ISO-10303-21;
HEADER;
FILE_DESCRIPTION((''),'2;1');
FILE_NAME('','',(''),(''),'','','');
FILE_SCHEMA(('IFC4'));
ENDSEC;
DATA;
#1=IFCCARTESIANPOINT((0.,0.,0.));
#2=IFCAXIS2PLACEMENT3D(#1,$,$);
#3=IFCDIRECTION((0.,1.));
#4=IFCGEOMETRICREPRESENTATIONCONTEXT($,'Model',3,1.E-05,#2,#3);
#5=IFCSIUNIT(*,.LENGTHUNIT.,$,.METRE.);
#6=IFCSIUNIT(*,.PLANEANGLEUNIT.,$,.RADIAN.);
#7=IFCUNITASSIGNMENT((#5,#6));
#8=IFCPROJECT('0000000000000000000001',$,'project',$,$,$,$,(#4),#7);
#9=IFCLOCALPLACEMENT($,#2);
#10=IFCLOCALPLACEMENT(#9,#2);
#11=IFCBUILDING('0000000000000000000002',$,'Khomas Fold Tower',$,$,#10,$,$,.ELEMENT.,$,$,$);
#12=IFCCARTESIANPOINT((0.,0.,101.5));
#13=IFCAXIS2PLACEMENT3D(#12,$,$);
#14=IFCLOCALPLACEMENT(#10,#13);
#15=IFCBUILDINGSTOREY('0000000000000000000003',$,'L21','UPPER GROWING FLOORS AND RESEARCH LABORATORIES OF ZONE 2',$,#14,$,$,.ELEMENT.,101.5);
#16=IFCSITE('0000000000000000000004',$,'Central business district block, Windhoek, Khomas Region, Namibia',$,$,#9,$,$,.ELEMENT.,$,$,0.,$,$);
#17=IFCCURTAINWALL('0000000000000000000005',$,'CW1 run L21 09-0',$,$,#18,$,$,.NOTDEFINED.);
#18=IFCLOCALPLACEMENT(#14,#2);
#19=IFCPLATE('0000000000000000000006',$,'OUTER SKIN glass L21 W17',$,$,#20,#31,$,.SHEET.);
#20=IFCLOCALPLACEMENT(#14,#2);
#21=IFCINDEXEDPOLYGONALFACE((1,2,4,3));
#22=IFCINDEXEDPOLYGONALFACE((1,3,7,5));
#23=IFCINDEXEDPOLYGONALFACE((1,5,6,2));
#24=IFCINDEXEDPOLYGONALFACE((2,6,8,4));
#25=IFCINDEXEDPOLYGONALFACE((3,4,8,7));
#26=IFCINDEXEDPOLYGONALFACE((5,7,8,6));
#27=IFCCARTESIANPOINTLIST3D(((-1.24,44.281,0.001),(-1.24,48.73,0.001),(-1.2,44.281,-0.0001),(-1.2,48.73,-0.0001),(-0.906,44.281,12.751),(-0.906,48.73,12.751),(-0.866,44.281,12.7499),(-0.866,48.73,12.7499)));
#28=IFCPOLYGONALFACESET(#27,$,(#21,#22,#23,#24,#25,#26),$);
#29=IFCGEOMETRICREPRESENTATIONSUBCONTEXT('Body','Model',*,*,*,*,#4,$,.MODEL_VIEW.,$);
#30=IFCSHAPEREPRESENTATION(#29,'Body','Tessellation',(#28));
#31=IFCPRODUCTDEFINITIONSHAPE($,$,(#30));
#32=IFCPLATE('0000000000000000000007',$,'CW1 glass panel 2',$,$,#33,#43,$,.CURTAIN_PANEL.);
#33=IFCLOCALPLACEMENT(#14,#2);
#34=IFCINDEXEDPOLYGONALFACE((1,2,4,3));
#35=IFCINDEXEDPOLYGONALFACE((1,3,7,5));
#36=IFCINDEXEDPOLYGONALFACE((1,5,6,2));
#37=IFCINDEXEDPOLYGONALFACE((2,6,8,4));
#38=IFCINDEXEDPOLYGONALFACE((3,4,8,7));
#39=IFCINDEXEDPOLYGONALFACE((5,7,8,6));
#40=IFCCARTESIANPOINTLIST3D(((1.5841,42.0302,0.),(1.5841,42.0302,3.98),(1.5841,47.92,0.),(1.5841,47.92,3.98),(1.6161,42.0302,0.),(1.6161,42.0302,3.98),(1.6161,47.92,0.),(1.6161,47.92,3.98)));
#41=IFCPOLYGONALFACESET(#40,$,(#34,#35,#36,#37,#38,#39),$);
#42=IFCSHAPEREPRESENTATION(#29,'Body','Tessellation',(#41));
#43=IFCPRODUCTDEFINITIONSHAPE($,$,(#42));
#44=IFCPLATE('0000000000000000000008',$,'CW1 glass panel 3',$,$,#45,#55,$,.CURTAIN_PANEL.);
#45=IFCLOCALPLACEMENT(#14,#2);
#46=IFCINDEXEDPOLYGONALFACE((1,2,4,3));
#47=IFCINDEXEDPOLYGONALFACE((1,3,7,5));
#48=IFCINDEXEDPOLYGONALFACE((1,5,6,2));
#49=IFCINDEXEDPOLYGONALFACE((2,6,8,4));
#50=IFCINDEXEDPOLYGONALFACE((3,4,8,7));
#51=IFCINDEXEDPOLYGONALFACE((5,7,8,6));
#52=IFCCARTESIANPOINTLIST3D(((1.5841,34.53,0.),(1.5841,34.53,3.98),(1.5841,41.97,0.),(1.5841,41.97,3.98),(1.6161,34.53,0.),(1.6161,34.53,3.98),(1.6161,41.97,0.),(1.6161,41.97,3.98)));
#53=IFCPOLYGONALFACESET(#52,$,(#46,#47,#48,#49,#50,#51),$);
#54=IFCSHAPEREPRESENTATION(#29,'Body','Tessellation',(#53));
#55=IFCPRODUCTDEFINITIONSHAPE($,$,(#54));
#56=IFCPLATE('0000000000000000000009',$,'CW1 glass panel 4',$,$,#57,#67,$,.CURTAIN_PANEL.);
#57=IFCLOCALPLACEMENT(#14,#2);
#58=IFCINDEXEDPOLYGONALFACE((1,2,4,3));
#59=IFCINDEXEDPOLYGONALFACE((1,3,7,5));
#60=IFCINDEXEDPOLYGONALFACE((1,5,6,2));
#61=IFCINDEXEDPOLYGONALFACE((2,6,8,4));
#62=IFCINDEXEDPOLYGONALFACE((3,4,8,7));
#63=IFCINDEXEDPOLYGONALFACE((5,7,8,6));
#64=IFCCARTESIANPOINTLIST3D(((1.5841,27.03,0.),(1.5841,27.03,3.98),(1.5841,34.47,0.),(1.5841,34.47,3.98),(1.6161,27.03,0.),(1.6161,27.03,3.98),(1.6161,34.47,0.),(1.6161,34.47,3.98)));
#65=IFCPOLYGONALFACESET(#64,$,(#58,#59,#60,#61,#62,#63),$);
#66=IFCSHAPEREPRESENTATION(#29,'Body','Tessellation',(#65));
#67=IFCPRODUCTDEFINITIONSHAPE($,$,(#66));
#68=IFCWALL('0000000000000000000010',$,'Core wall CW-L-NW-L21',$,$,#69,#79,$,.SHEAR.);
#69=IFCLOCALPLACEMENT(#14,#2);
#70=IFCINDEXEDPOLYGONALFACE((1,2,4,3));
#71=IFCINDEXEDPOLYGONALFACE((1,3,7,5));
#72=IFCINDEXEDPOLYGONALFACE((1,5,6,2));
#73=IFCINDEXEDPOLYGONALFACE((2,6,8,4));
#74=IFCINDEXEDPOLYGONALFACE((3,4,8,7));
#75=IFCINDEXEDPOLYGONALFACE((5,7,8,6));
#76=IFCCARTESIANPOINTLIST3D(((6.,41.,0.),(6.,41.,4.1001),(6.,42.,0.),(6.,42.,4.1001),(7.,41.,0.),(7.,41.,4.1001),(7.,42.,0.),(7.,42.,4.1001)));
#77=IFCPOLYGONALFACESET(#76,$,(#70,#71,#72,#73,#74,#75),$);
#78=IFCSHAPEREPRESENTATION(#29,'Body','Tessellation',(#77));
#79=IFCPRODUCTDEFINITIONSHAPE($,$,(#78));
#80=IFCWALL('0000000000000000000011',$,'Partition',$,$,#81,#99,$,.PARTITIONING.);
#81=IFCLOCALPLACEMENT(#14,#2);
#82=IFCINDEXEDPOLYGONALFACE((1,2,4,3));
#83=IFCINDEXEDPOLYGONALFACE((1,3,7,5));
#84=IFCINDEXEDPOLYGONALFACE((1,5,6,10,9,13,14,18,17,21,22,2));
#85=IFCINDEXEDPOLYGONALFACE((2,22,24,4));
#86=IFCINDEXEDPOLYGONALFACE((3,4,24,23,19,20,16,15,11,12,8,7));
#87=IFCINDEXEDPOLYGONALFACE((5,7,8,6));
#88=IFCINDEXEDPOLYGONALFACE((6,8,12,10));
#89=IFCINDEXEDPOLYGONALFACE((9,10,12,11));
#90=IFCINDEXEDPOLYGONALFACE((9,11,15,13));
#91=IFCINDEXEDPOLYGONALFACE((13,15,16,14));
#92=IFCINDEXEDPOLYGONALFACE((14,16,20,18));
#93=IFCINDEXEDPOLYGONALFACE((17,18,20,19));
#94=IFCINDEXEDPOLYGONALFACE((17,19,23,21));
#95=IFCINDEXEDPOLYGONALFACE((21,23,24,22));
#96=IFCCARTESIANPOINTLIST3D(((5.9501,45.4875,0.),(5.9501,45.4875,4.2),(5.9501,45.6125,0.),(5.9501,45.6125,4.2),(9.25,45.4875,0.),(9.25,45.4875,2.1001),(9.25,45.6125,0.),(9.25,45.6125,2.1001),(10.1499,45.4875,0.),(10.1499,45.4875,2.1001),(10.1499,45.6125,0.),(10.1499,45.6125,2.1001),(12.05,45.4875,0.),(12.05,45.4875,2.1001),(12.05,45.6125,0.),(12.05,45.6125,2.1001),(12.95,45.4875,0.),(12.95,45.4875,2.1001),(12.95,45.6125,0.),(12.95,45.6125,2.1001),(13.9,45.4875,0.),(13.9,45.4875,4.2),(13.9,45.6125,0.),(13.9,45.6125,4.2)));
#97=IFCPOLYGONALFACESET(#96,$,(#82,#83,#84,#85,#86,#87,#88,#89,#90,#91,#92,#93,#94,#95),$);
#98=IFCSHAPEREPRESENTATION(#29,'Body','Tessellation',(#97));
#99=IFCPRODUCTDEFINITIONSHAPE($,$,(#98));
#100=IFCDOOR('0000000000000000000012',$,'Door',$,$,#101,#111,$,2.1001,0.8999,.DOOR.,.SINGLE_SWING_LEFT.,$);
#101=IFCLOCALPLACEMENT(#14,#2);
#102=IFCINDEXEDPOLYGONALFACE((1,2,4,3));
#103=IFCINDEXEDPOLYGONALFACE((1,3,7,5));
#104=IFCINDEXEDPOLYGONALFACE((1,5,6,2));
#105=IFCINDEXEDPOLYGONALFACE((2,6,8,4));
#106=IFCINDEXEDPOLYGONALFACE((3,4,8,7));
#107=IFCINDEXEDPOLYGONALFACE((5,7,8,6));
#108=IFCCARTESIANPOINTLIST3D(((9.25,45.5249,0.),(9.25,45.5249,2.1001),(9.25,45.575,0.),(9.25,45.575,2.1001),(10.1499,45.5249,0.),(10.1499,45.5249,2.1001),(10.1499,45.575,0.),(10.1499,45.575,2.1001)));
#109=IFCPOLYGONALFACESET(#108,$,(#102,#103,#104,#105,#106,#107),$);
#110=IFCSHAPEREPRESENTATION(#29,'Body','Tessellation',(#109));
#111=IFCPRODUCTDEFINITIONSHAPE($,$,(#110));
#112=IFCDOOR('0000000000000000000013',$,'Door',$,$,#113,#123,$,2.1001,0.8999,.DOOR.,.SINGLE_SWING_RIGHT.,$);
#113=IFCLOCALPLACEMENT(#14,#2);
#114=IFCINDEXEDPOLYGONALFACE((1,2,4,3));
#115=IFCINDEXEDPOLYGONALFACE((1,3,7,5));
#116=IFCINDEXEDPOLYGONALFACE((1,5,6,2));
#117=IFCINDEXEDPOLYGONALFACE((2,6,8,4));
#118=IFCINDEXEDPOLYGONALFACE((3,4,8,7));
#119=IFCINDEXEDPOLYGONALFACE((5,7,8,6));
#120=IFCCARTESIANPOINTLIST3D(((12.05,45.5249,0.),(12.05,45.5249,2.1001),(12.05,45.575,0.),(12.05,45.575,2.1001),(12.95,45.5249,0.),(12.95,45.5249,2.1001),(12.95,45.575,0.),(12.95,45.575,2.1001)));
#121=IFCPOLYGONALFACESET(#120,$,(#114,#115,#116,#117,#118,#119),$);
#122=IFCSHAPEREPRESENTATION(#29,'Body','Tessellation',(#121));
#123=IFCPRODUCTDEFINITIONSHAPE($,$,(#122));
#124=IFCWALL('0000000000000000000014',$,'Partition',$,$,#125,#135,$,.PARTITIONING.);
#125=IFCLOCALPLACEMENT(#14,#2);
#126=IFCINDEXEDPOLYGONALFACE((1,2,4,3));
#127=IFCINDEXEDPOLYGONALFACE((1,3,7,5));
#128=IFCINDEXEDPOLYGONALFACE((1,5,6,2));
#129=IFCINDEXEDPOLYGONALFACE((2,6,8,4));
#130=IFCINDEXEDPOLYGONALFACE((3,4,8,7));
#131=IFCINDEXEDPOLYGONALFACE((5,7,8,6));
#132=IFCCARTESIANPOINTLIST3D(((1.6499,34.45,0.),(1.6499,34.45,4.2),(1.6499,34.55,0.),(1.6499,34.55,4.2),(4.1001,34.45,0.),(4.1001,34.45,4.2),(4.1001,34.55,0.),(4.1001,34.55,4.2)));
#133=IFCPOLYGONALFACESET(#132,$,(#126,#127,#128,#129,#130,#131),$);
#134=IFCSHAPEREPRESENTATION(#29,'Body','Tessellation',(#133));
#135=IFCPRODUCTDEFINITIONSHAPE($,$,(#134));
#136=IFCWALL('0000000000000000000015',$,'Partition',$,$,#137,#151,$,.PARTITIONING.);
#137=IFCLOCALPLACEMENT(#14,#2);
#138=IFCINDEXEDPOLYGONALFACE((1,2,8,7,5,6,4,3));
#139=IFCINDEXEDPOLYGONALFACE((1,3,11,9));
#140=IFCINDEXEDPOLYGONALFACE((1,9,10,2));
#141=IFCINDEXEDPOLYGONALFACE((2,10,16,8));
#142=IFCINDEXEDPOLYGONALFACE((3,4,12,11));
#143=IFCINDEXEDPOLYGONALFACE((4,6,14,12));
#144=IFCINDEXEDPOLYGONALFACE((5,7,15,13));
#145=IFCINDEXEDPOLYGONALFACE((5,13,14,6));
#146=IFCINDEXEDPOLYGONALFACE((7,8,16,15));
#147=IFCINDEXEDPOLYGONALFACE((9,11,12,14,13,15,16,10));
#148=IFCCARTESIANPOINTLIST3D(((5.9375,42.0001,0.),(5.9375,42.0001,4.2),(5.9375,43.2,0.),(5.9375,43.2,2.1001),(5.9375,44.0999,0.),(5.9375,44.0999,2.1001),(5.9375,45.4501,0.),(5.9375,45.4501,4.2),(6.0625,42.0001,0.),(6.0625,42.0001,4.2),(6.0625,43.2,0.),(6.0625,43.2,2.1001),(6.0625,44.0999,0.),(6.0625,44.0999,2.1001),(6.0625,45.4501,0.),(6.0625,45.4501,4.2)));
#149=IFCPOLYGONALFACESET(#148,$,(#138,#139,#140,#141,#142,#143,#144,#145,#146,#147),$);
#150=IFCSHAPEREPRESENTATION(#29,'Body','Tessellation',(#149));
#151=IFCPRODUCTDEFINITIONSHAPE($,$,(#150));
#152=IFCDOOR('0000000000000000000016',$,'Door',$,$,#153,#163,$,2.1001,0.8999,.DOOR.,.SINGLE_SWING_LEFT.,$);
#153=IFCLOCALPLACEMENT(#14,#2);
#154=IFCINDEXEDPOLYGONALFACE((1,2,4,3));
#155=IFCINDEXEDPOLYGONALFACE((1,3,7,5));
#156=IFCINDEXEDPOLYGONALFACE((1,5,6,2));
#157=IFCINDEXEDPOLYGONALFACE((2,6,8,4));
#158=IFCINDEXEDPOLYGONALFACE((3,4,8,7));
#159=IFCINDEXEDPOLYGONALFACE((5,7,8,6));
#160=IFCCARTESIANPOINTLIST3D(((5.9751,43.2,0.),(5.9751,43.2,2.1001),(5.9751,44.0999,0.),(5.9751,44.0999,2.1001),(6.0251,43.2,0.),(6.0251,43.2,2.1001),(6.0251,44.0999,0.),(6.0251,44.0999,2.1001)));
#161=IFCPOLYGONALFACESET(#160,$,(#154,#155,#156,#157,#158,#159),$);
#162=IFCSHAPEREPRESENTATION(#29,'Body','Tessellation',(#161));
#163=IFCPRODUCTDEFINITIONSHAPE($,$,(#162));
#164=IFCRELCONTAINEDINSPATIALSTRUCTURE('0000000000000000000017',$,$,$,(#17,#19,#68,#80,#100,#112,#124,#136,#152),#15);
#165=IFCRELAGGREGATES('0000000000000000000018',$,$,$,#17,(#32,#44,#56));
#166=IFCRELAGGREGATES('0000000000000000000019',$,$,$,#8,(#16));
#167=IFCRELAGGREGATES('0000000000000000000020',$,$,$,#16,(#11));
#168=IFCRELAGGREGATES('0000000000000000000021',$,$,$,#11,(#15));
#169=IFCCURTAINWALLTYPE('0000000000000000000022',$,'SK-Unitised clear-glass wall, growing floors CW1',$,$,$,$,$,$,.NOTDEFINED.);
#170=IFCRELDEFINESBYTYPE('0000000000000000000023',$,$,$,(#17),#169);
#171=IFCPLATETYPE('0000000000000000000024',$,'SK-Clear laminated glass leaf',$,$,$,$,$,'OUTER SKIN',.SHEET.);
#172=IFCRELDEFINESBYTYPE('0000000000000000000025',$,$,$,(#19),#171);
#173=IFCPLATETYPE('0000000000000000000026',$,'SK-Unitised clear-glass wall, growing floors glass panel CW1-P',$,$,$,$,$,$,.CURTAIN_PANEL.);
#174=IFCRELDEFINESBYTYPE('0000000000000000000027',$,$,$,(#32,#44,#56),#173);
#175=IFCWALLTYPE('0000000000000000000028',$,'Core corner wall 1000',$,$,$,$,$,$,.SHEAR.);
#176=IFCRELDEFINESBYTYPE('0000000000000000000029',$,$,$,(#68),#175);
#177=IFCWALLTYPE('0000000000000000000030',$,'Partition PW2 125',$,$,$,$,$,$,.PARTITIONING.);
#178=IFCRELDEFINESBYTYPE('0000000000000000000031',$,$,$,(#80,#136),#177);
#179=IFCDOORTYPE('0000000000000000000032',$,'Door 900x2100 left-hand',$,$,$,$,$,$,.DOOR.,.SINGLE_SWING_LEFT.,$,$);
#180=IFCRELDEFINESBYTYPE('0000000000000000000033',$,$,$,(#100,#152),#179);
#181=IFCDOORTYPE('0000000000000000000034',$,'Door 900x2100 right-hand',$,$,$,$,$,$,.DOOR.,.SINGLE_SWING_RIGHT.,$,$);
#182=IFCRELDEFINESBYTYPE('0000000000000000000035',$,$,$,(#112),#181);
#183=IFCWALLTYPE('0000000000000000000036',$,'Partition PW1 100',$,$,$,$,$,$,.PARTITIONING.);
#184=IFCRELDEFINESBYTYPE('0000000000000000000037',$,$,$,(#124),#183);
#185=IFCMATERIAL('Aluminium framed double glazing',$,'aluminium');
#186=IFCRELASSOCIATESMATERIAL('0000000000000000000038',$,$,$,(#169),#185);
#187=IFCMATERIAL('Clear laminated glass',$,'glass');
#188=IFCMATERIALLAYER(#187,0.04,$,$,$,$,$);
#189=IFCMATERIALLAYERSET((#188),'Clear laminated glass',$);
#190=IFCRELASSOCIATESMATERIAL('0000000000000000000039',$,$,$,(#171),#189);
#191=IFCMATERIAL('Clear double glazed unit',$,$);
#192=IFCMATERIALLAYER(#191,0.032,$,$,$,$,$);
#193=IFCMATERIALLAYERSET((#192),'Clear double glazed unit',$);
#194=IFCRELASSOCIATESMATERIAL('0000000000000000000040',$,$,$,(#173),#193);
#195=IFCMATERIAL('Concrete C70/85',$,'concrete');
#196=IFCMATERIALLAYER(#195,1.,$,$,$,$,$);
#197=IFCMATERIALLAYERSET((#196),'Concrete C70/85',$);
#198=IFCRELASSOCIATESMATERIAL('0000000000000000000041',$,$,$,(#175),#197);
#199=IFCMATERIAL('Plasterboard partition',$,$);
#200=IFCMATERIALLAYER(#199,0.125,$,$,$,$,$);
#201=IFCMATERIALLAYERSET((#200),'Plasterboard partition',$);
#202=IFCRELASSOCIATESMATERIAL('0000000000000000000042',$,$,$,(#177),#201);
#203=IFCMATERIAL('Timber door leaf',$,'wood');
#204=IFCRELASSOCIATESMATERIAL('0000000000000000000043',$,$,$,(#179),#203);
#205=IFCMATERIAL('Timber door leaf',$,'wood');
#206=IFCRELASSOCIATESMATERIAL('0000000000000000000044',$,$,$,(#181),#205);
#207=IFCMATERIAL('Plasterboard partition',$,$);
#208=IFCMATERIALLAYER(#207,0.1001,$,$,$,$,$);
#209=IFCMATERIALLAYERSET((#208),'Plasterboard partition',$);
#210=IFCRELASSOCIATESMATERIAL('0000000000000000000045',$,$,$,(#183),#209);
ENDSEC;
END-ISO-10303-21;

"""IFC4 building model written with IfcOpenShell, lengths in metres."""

from ifc_helpers import new_model, si_unit, direction, frame, frame_2d, origin, origin_2d, place, context, subcontext, project, spatial, polyline, rectangle, outline, extrude, source, transform, mapped, material, layer, layer_set, type_object, element, fill, aggregate, save


model = new_model("IFC4")

# Units and contexts
model_context = context("Model", 3, precision=1e-05, world=origin(), true_north=direction((0.0, 1.0)))
body_context = subcontext(model_context, "Body", "Model", "MODEL_VIEW")
ifc_project = project(units=[si_unit("LENGTHUNIT", "METRE"), si_unit("PLANEANGLEUNIT", "RADIAN")], contexts=[model_context])

# Site, building, storey
site_placement = place(None, origin())
site = spatial("IfcSite", under=ifc_project, at=site_placement, Name="Central business district block, Windhoek, Khomas Region, Namibia", CompositionType="ELEMENT", RefElevation=0.0)
building_placement = place(site_placement, origin())
building = spatial("IfcBuilding", under=site, at=building_placement, Name="Khomas Fold Tower", CompositionType="ELEMENT")
storey_placement = place(building_placement, frame((0.0, 0.0, 101.5)))
storey = spatial("IfcBuildingStorey", under=building, at=storey_placement, Name="L21", Description="UPPER GROWING FLOORS AND RESEARCH LABORATORIES OF ZONE 2", CompositionType="ELEMENT", Elevation=101.5)

# Curtain wall
ifc_material_1 = material(Name="Aluminium framed double glazing", Category="aluminium")
curtain_wall_type = type_object("IfcCurtainWallType", Name="SK-Unitised clear-glass wall, growing floors CW1", PredefinedType="NOTDEFINED", material=ifc_material_1)
curtain_wall_placement = place(storey_placement, origin())
curtain_wall = element("IfcCurtainWall", 1, at=curtain_wall_placement, inside=storey, type_object=curtain_wall_type, Name="CW1 run L21 09-0", PredefinedType="NOTDEFINED")

# Plate
ifc_material_2 = material(Name="Clear laminated glass", Category="glass")
ifc_layer_1 = layer(ifc_material_2, 0.04)
ifc_layer_set_1 = layer_set([ifc_layer_1], Name="Clear laminated glass")
plate_type_1 = type_object("IfcPlateType", Name="SK-Clear laminated glass leaf", ElementType="OUTER SKIN", PredefinedType="SHEET", material=ifc_layer_set_1)
plate_1_placement = place(storey_placement, frame((-1.24, 44.281, 0.001), z_axis=(-0.999657, 0.0, 0.026186), x_axis=(0.0, 1.0, 0.0)))
element("IfcPlate", 2, at=plate_1_placement, inside=storey, type_object=plate_type_1, Name="OUTER SKIN glass L21 W17", PredefinedType="SHEET", context=body_context, shape_type="SweptSolid", body=[
    extrude(outline(polyline([(0.0, 0.0), (4.449, 0.0), (4.449, -12.7544), (0.0, -12.7544), (0.0, 0.0)])), origin(), (0.0, 0.0, -1.0), 0.04),
])

# Plates
ifc_material_3 = material(Name="Clear double glazed unit")
ifc_layer_2 = layer(ifc_material_3, 0.032)
ifc_layer_set_2 = layer_set([ifc_layer_2], Name="Clear double glazed unit")
plate_type_2 = type_object("IfcPlateType", Name="SK-Unitised clear-glass wall, growing floors glass panel CW1-P", PredefinedType="CURTAIN_PANEL", material=ifc_layer_set_2)
shared_shape_1 = source(origin(), body_context, "Body", "SweptSolid", [
    extrude(rectangle(XDim=5.8899, YDim=0.032, at=origin_2d()), origin(), (0.0, 0.0, 1.0), 3.98),
])
plate_2_placement = place(storey_placement, frame((1.6001, 44.9751, 0.0), z_axis=(0.0, 0.0, 1.0), x_axis=(0.0, -1.0, 0.0)))
plate_2 = element("IfcPlate", 3, at=plate_2_placement, type_object=plate_type_2, Name="CW1 glass panel 2", PredefinedType="CURTAIN_PANEL", context=body_context, shape_type="MappedRepresentation", body=[
    mapped(shared_shape_1, transform((0.0, 0.0, 0.0))),
])
shared_shape_2 = source(origin(), body_context, "Body", "SweptSolid", [
    extrude(rectangle(XDim=7.4399, YDim=0.032, at=origin_2d()), origin(), (0.0, 0.0, 1.0), 3.98),
])
plate_3_placement = place(storey_placement, frame((1.6001, 38.25, 0.0), z_axis=(0.0, 0.0, 1.0), x_axis=(0.0, -1.0, 0.0)))
plate_3 = element("IfcPlate", 4, at=plate_3_placement, type_object=plate_type_2, Name="CW1 glass panel 3", PredefinedType="CURTAIN_PANEL", context=body_context, shape_type="MappedRepresentation", body=[
    mapped(shared_shape_2, transform((0.0, 0.0, 0.0))),
])
plate_4_placement = place(storey_placement, frame((1.6001, 30.75, 0.0), z_axis=(0.0, 0.0, 1.0), x_axis=(0.0, -1.0, 0.0)))
plate_4 = element("IfcPlate", 5, at=plate_4_placement, type_object=plate_type_2, Name="CW1 glass panel 4", PredefinedType="CURTAIN_PANEL", context=body_context, shape_type="MappedRepresentation", body=[
    mapped(shared_shape_2, transform((0.0, 0.0, 0.0))),
])
aggregate(curtain_wall, [plate_2, plate_3, plate_4])

# Wall
ifc_material_4 = material(Name="Concrete C70/85", Category="concrete")
ifc_layer_3 = layer(ifc_material_4, 1.0)
ifc_layer_set_3 = layer_set([ifc_layer_3], Name="Concrete C70/85")
wall_type_1 = type_object("IfcWallType", Name="Core corner wall 1000", PredefinedType="SHEAR", material=ifc_layer_set_3)
shared_shape_3 = source(origin(), body_context, "Body", "SweptSolid", [
    extrude(rectangle(XDim=1.0, YDim=1.0, at=frame_2d((0.5, 0.0))), origin(), (0.0, 0.0, 1.0), 4.1001),
])
wall_1_placement = place(storey_placement, frame((6.0, 41.5, 0.0), z_axis=(0.0, 0.0, 1.0), x_axis=(1.0, 0.0, 0.0)))
element("IfcWall", 6, at=wall_1_placement, inside=storey, type_object=wall_type_1, Name="Core wall CW-L-NW-L21", PredefinedType="SHEAR", context=body_context, shape_type="MappedRepresentation", body=[
    mapped(shared_shape_3, transform((0.0, 0.0, 0.0))),
])

# Wall, openings, doors
ifc_material_5 = material(Name="Plasterboard partition")
ifc_layer_4 = layer(ifc_material_5, 0.125)
ifc_layer_set_4 = layer_set([ifc_layer_4], Name="Plasterboard partition")
wall_type_2 = type_object("IfcWallType", Name="Partition PW2 125", PredefinedType="PARTITIONING", material=ifc_layer_set_4)
shared_shape_4 = source(origin(), body_context, "Body", "SweptSolid", [
    extrude(rectangle(XDim=7.95, YDim=0.125, at=frame_2d((3.9751, 0.0))), origin(), (0.0, 0.0, 1.0), 4.2),
])
wall_2_placement = place(storey_placement, frame((5.95, 45.55, 0.0), z_axis=(0.0, 0.0, 1.0), x_axis=(1.0, 0.0, 0.0)))
wall_2 = element("IfcWall", 7, at=wall_2_placement, inside=storey, type_object=wall_type_2, Name="Partition", PredefinedType="PARTITIONING", context=body_context, shape_type="MappedRepresentation", body=[
    mapped(shared_shape_4, transform((0.0, 0.0, 0.0))),
])
shared_shape_5 = source(origin(), body_context, "Body", "SweptSolid", [
    extrude(rectangle(XDim=0.8999, YDim=2.1001, at=frame_2d((0.45, 1.05))), frame((0.0, 0.0725, 0.0), z_axis=(0.0, -1.0, 0.0), x_axis=(1.0, 0.0, 0.0)), (0.0, 0.0, 1.0), 0.145),
])
opening_1_placement = place(wall_2_placement, frame((3.3, 0.0, 0.0)))
opening_1 = element("IfcOpeningElement", 8, at=opening_1_placement, cuts=wall_2, PredefinedType="OPENING", context=body_context, shape_type="MappedRepresentation", body=[
    mapped(shared_shape_5, transform((0.0, 0.0, 0.0))),
])
opening_2_placement = place(wall_2_placement, frame((6.1001, 0.0, 0.0)))
opening_2 = element("IfcOpeningElement", 9, at=opening_2_placement, cuts=wall_2, PredefinedType="OPENING", context=body_context, shape_type="MappedRepresentation", body=[
    mapped(shared_shape_5, transform((0.0, 0.0, 0.0))),
])
ifc_material_6 = material(Name="Timber door leaf", Category="wood")
door_type_1 = type_object("IfcDoorType", Name="Door 900x2100 left-hand", OperationType="SINGLE_SWING_LEFT", PredefinedType="DOOR", material=ifc_material_6)
shared_shape_6 = source(origin(), body_context, "Body", "SweptSolid", [
    extrude(rectangle(XDim=0.8999, YDim=2.1001, at=frame_2d((0.45, 1.05))), frame((0.0, 0.0249, 0.0), z_axis=(0.0, -1.0, 0.0), x_axis=(1.0, 0.0, 0.0)), (0.0, 0.0, 1.0), 0.05),
])
door_1_placement = place(opening_1_placement, origin())
door_1 = element("IfcDoor", 10, at=door_1_placement, inside=storey, type_object=door_type_1, Name="Door", OperationType="SINGLE_SWING_LEFT", OverallHeight=2.1001, OverallWidth=0.8999, PredefinedType="DOOR", context=body_context, shape_type="MappedRepresentation", body=[
    mapped(shared_shape_6, transform((0.0, 0.0, 0.0))),
])
fill(opening_1, door_1)
ifc_material_7 = material(Name="Timber door leaf", Category="wood")
door_type_2 = type_object("IfcDoorType", Name="Door 900x2100 right-hand", OperationType="SINGLE_SWING_RIGHT", PredefinedType="DOOR", material=ifc_material_7)
door_2_placement = place(opening_2_placement, origin())
door_2 = element("IfcDoor", 11, at=door_2_placement, inside=storey, type_object=door_type_2, Name="Door", OperationType="SINGLE_SWING_RIGHT", OverallHeight=2.1001, OverallWidth=0.8999, PredefinedType="DOOR", context=body_context, shape_type="MappedRepresentation", body=[
    mapped(shared_shape_6, transform((0.0, 0.0, 0.0))),
])
fill(opening_2, door_2)

# Wall
ifc_material_8 = material(Name="Plasterboard partition")
ifc_layer_5 = layer(ifc_material_8, 0.1001)
ifc_layer_set_5 = layer_set([ifc_layer_5], Name="Plasterboard partition")
wall_type_3 = type_object("IfcWallType", Name="Partition PW1 100", PredefinedType="PARTITIONING", material=ifc_layer_set_5)
shared_shape_7 = source(origin(), body_context, "Body", "SweptSolid", [
    extrude(rectangle(XDim=2.4502, YDim=0.1001, at=frame_2d((1.2251, 0.0))), origin(), (0.0, 0.0, 1.0), 4.2),
])
wall_3_placement = place(storey_placement, frame((1.6499, 34.5, 0.0), z_axis=(0.0, 0.0, 1.0), x_axis=(1.0, 0.0, 0.0)))
element("IfcWall", 12, at=wall_3_placement, inside=storey, type_object=wall_type_3, Name="Partition", PredefinedType="PARTITIONING", context=body_context, shape_type="MappedRepresentation", body=[
    mapped(shared_shape_7, transform((0.0, 0.0, 0.0))),
])

# Wall, opening, door
shared_shape_8 = source(origin(), body_context, "Body", "SweptSolid", [
    extrude(rectangle(XDim=3.45, YDim=0.125, at=frame_2d((1.7251, 0.0))), origin(), (0.0, 0.0, 1.0), 4.2),
])
wall_4_placement = place(storey_placement, frame((6.0, 42.0, 0.0), z_axis=(0.0, 0.0, 1.0), x_axis=(0.0, 1.0, 0.0)))
wall_4 = element("IfcWall", 13, at=wall_4_placement, inside=storey, type_object=wall_type_2, Name="Partition", PredefinedType="PARTITIONING", context=body_context, shape_type="MappedRepresentation", body=[
    mapped(shared_shape_8, transform((0.0, 0.0, 0.0))),
])
opening_3_placement = place(wall_4_placement, frame((1.2, 0.0, 0.0)))
opening_3 = element("IfcOpeningElement", 14, at=opening_3_placement, cuts=wall_4, PredefinedType="OPENING", context=body_context, shape_type="MappedRepresentation", body=[
    mapped(shared_shape_5, transform((0.0, 0.0, 0.0))),
])
door_3_placement = place(opening_3_placement, origin())
door_3 = element("IfcDoor", 15, at=door_3_placement, inside=storey, type_object=door_type_1, Name="Door", OperationType="SINGLE_SWING_LEFT", OverallHeight=2.1001, OverallWidth=0.8999, PredefinedType="DOOR", context=body_context, shape_type="MappedRepresentation", body=[
    mapped(shared_shape_6, transform((0.0, 0.0, 0.0))),
])
fill(opening_3, door_3)

save(model, "model.ifc")
